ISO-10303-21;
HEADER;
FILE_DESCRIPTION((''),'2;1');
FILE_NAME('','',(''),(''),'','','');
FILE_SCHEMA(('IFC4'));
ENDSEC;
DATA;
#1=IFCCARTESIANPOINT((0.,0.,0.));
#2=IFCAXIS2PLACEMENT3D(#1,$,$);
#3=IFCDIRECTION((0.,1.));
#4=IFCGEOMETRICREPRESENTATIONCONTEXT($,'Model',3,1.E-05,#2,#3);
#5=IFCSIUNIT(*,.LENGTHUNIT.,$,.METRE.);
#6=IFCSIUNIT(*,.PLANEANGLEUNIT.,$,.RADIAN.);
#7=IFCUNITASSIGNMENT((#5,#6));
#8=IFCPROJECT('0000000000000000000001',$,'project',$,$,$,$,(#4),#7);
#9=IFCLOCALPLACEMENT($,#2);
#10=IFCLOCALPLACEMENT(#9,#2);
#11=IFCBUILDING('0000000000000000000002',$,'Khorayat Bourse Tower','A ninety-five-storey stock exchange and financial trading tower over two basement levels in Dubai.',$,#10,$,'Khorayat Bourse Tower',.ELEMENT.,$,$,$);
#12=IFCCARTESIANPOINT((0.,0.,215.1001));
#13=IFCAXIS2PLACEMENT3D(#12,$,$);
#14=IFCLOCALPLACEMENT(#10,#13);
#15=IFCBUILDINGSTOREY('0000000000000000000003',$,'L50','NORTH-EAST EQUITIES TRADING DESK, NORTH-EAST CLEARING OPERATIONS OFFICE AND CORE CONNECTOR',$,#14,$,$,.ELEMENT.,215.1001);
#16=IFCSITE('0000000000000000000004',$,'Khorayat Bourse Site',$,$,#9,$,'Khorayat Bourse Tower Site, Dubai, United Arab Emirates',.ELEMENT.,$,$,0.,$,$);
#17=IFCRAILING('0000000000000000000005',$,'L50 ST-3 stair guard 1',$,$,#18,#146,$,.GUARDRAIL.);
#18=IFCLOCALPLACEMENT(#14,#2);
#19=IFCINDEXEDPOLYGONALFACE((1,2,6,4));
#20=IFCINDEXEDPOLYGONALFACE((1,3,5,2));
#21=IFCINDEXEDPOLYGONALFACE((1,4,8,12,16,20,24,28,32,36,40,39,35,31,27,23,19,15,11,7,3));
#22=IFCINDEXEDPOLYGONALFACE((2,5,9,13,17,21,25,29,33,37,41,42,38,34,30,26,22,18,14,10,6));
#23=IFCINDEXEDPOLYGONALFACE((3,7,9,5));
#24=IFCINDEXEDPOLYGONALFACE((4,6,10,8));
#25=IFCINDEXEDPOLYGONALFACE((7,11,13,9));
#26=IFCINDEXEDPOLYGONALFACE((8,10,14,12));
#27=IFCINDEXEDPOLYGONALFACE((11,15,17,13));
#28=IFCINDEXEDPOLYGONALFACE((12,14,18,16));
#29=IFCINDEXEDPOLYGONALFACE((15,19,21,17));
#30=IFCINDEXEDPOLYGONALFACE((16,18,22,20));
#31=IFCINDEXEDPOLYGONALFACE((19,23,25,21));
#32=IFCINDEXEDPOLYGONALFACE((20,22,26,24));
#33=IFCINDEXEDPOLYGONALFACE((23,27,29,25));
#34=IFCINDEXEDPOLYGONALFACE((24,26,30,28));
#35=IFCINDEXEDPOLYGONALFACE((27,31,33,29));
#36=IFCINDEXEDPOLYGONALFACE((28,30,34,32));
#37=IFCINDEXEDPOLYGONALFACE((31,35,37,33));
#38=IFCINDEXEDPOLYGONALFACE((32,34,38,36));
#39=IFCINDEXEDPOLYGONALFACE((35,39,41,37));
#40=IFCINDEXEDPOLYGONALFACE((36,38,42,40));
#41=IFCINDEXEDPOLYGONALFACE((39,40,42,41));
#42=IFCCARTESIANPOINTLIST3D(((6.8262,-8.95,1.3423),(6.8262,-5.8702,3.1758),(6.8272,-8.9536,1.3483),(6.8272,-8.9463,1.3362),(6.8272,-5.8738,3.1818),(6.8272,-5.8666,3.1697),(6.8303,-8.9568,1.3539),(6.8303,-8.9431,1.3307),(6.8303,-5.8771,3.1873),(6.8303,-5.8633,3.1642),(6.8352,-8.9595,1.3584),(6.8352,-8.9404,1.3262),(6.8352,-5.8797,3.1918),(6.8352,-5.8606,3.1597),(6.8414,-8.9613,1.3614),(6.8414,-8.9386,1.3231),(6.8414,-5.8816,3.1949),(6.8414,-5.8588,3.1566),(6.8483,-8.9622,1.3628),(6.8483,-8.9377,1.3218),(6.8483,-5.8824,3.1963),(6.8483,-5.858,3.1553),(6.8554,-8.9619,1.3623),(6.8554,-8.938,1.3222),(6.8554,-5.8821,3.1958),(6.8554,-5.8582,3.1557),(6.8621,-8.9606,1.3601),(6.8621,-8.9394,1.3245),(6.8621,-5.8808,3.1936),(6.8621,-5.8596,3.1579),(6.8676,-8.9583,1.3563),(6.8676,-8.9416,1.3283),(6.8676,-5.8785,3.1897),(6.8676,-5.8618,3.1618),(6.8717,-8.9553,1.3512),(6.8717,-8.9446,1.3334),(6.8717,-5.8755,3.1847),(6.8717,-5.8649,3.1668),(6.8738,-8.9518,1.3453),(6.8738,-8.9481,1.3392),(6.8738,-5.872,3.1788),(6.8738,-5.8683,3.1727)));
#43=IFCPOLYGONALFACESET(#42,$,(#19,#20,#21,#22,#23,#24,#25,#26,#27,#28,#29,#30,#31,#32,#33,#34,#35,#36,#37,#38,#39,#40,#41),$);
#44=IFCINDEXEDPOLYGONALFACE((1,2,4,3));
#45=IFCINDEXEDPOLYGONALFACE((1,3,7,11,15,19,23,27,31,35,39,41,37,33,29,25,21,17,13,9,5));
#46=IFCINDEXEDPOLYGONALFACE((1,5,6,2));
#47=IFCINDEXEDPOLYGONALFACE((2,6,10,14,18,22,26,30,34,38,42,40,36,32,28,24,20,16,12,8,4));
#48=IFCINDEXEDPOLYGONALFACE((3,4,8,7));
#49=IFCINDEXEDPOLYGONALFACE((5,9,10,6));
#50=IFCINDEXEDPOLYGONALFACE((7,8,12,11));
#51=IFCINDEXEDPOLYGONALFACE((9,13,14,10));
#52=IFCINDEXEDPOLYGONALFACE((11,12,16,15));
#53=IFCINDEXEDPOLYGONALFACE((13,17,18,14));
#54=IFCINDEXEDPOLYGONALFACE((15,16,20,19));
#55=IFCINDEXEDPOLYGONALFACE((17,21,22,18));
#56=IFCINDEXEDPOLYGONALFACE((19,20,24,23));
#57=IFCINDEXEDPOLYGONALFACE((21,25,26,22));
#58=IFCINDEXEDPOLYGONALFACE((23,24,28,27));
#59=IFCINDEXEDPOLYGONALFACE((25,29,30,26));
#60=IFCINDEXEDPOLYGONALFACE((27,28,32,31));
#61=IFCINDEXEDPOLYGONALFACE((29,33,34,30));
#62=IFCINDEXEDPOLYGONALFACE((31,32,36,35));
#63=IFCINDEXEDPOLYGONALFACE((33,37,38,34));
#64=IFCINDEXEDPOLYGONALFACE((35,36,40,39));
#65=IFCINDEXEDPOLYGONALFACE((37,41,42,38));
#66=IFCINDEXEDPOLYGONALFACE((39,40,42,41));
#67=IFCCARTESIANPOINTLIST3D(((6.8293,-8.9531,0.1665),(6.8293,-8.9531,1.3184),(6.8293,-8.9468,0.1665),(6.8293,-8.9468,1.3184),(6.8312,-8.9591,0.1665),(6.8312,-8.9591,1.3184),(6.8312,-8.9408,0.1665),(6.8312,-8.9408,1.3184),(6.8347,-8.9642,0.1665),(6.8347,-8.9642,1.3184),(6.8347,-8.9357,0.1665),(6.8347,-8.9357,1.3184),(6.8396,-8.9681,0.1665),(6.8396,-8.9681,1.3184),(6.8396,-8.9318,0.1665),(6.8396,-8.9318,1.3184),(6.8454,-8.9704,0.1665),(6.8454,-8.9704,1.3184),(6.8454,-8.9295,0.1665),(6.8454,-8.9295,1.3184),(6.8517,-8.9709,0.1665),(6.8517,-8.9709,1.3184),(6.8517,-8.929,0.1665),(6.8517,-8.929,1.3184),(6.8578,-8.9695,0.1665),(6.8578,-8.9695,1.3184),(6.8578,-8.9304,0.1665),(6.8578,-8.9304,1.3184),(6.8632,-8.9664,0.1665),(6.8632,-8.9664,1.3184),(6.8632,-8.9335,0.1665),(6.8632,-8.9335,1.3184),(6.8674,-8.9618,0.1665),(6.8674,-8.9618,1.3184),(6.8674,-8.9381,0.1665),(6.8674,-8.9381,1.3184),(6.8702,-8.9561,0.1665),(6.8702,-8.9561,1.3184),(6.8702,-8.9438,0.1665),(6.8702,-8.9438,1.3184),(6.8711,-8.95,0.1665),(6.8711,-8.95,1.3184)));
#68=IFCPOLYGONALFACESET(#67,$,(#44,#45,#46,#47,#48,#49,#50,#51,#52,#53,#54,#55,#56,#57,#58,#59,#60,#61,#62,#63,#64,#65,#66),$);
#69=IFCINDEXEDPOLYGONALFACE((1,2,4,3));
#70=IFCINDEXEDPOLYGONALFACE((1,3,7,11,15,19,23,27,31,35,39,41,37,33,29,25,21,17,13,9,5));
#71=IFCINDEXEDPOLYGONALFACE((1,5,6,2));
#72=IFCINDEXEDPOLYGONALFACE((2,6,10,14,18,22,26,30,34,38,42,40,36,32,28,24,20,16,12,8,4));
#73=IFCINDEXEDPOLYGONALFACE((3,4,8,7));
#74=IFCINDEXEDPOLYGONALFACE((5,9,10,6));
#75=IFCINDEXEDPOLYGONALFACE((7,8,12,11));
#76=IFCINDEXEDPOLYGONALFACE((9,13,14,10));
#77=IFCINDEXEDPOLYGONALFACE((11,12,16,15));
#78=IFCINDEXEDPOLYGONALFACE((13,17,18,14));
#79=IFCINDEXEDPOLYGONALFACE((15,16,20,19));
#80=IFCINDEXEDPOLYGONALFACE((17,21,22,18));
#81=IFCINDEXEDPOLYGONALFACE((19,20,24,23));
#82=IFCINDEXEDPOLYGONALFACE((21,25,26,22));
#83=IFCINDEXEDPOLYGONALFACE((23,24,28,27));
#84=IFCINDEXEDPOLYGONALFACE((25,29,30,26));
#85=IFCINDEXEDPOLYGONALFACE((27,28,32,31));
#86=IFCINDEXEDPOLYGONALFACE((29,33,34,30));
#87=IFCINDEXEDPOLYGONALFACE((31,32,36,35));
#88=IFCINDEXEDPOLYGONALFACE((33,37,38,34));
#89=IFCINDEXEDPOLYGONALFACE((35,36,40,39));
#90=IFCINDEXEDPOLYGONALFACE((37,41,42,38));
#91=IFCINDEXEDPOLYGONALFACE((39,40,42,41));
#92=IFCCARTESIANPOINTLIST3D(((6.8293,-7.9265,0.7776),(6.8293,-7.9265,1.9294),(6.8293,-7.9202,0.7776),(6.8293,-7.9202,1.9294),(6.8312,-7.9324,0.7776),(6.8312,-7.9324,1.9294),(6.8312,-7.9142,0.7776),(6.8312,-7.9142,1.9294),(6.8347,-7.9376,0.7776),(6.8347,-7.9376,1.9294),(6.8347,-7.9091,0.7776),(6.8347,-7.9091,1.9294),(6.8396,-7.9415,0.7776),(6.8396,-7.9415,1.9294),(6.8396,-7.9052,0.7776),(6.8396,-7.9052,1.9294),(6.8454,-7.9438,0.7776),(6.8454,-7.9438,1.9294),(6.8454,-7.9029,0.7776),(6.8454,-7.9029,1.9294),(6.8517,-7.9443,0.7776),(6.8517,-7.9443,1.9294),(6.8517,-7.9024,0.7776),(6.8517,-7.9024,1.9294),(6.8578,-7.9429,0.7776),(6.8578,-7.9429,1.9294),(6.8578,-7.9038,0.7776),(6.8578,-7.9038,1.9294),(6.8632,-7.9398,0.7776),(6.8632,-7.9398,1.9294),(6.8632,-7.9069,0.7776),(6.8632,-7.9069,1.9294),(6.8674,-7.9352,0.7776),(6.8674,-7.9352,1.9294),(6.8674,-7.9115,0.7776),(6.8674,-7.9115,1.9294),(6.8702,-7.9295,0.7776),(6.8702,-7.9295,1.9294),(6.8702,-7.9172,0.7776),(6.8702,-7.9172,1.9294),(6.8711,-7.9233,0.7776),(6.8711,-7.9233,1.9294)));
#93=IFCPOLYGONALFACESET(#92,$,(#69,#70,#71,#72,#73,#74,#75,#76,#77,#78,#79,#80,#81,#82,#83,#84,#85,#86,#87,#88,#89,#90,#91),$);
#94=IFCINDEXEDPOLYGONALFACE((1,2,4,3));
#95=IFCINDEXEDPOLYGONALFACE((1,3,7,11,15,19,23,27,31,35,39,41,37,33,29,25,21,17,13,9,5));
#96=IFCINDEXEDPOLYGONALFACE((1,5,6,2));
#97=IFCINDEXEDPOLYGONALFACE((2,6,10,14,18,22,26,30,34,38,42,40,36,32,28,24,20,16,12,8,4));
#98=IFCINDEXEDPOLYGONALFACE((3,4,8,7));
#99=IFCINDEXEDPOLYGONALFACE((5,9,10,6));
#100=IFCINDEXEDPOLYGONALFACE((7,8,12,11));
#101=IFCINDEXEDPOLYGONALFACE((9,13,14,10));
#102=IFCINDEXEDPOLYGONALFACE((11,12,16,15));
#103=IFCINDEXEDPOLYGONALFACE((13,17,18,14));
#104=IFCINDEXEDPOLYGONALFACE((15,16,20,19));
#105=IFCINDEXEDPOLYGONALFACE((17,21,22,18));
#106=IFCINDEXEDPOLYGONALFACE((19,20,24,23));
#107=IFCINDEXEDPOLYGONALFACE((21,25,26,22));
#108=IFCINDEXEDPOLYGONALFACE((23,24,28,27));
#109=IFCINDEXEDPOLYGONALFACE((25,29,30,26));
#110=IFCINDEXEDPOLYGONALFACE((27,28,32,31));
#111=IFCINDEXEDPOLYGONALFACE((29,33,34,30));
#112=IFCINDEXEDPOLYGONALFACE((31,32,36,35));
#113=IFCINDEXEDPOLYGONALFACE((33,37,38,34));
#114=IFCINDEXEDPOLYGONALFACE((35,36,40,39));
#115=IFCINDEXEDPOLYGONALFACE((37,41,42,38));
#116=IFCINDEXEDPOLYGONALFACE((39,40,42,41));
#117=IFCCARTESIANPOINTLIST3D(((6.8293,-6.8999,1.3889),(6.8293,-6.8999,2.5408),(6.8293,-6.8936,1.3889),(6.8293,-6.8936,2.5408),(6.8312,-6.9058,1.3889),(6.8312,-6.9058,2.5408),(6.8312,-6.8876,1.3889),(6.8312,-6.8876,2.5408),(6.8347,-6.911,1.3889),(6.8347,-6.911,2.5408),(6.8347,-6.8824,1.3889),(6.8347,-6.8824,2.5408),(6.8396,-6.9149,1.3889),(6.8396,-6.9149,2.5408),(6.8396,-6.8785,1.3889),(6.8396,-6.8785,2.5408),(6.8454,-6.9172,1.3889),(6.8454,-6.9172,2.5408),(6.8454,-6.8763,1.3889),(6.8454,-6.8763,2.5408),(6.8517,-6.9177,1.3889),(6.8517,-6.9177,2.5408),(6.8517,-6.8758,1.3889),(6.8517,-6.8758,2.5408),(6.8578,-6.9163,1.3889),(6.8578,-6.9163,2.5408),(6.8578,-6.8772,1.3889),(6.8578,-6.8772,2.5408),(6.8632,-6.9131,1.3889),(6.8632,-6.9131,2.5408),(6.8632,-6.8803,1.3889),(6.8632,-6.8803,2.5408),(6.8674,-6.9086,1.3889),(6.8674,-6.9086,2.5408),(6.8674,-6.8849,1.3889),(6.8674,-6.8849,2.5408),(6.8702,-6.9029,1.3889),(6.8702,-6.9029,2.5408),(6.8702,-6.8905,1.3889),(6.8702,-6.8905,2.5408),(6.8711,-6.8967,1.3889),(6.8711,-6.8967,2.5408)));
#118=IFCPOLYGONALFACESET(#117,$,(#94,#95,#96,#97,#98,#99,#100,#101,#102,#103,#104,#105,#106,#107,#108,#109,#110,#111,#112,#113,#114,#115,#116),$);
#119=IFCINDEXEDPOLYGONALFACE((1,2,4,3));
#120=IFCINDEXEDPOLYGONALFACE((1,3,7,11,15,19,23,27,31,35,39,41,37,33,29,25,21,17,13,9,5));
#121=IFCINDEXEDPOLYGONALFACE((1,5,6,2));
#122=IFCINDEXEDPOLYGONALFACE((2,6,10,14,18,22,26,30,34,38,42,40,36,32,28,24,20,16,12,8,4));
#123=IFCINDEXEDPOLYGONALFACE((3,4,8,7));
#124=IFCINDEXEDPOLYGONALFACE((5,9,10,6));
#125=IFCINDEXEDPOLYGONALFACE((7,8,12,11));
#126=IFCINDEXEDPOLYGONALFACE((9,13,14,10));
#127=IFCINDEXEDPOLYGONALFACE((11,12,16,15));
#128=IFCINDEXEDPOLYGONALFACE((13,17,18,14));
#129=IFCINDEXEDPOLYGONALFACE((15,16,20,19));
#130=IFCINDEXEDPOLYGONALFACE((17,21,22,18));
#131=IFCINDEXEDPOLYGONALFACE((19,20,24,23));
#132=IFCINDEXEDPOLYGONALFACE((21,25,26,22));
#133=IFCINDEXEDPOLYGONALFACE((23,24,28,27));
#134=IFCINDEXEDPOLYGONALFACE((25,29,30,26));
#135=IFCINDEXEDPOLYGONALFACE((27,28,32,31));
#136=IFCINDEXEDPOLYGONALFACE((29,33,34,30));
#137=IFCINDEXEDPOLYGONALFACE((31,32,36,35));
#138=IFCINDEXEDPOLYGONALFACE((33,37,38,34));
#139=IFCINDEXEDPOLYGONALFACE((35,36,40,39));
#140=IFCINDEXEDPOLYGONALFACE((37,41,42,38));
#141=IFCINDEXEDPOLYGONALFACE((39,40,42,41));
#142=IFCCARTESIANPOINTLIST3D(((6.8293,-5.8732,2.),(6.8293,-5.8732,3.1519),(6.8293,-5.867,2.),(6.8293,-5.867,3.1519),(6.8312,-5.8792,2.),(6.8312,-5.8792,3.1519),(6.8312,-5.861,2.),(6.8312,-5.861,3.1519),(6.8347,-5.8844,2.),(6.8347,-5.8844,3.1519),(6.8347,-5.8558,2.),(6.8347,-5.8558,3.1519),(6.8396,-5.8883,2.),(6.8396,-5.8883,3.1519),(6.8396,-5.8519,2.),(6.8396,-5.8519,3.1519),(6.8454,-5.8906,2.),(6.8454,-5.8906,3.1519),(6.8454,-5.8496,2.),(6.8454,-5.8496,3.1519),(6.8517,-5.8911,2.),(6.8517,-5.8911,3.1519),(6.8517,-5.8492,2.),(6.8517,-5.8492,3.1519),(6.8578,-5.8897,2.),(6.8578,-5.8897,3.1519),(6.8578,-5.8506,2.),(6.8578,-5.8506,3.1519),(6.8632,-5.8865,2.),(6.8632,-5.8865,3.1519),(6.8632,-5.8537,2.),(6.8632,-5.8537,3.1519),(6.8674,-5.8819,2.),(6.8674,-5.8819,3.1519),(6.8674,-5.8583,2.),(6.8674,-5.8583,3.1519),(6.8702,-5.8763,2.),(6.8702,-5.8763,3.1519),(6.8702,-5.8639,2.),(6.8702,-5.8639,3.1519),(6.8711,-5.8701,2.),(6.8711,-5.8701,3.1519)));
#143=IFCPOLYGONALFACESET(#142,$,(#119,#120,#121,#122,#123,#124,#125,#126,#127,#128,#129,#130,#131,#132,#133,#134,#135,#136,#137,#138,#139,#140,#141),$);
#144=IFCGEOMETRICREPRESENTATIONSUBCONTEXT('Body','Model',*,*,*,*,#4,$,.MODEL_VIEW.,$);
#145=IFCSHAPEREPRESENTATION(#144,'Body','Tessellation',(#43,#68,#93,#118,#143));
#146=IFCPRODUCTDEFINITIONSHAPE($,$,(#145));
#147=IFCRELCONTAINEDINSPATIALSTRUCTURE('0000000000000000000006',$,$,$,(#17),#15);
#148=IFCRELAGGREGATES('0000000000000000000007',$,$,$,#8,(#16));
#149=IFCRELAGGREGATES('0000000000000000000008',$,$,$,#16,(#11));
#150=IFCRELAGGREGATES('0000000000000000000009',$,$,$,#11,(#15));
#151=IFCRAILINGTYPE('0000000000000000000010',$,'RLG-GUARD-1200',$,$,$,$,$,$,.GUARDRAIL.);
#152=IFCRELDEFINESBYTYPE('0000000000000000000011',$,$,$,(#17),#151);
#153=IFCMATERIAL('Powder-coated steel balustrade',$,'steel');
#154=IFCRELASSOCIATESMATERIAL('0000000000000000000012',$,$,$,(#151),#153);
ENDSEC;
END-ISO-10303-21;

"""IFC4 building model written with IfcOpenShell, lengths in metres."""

from ifc_helpers import new_model, si_unit, direction, frame, origin, origin_2d, place, context, subcontext, project, spatial, circle, extrude, source, transform, mapped, material, type_object, element, save


model = new_model("IFC4")

# Units and contexts
model_context = context("Model", 3, precision=1e-05, world=origin(), true_north=direction((0.0, 1.0)))
body_context = subcontext(model_context, "Body", "Model", "MODEL_VIEW")
ifc_project = project(units=[si_unit("LENGTHUNIT", "METRE"), si_unit("PLANEANGLEUNIT", "RADIAN")], contexts=[model_context])

# Site, building, storey
site_placement = place(None, origin())
site = spatial("IfcSite", under=ifc_project, at=site_placement, Name="Khorayat Bourse Site", LongName="Khorayat Bourse Tower Site, Dubai, United Arab Emirates", CompositionType="ELEMENT", RefElevation=0.0)
building_placement = place(site_placement, origin())
building = spatial("IfcBuilding", under=site, at=building_placement, Name="Khorayat Bourse Tower", Description="A ninety-five-storey stock exchange and financial trading tower over two basement levels in Dubai.", LongName="Khorayat Bourse Tower", CompositionType="ELEMENT")
storey_placement = place(building_placement, frame((0.0, 0.0, 215.1001)))
storey = spatial("IfcBuildingStorey", under=building, at=storey_placement, Name="L50", Description="NORTH-EAST EQUITIES TRADING DESK, NORTH-EAST CLEARING OPERATIONS OFFICE AND CORE CONNECTOR", CompositionType="ELEMENT", Elevation=215.1001)

# Railing
ifc_material_1 = material(Name="Powder-coated steel balustrade", Category="steel")
railing_type_1 = type_object("IfcRailingType", Name="RLG-GUARD-1200", PredefinedType="GUARDRAIL", material=ifc_material_1)
shared_shape_1 = source(origin(), body_context, "Body", "SweptSolid", [
    extrude(circle(Radius=0.0239, at=origin_2d()), frame((0.0, 0.0, 1.1758), z_axis=(0.0, 0.859261, 0.511538), x_axis=(-1.0, 0.0, 0.0)), (0.0, 0.0, 1.0), 3.5842),
    extrude(circle(Radius=0.021, at=origin_2d()), origin(), (0.0, 0.0, 1.0), 1.1519),
    extrude(circle(Radius=0.021, at=origin_2d()), frame((0.0, 1.0266, 0.6111)), (0.0, 0.0, 1.0), 1.1519),
    extrude(circle(Radius=0.021, at=origin_2d()), frame((0.0, 2.0532, 1.2224)), (0.0, 0.0, 1.0), 1.1519),
    extrude(circle(Radius=0.021, at=origin_2d()), frame((0.0, 3.0798, 1.8335)), (0.0, 0.0, 1.0), 1.1519),
])
railing_1_placement = place(storey_placement, frame((6.8501, -8.95, 0.1665)))
element("IfcRailing", 1, at=railing_1_placement, inside=storey, type_object=railing_type_1, Name="L50 ST-3 stair guard 1", PredefinedType="GUARDRAIL", context=body_context, shape_type="MappedRepresentation", body=[
    mapped(shared_shape_1, transform((0.0, 0.0, 0.0), scale=1.0)),
])

save(model, "model.ifc")
